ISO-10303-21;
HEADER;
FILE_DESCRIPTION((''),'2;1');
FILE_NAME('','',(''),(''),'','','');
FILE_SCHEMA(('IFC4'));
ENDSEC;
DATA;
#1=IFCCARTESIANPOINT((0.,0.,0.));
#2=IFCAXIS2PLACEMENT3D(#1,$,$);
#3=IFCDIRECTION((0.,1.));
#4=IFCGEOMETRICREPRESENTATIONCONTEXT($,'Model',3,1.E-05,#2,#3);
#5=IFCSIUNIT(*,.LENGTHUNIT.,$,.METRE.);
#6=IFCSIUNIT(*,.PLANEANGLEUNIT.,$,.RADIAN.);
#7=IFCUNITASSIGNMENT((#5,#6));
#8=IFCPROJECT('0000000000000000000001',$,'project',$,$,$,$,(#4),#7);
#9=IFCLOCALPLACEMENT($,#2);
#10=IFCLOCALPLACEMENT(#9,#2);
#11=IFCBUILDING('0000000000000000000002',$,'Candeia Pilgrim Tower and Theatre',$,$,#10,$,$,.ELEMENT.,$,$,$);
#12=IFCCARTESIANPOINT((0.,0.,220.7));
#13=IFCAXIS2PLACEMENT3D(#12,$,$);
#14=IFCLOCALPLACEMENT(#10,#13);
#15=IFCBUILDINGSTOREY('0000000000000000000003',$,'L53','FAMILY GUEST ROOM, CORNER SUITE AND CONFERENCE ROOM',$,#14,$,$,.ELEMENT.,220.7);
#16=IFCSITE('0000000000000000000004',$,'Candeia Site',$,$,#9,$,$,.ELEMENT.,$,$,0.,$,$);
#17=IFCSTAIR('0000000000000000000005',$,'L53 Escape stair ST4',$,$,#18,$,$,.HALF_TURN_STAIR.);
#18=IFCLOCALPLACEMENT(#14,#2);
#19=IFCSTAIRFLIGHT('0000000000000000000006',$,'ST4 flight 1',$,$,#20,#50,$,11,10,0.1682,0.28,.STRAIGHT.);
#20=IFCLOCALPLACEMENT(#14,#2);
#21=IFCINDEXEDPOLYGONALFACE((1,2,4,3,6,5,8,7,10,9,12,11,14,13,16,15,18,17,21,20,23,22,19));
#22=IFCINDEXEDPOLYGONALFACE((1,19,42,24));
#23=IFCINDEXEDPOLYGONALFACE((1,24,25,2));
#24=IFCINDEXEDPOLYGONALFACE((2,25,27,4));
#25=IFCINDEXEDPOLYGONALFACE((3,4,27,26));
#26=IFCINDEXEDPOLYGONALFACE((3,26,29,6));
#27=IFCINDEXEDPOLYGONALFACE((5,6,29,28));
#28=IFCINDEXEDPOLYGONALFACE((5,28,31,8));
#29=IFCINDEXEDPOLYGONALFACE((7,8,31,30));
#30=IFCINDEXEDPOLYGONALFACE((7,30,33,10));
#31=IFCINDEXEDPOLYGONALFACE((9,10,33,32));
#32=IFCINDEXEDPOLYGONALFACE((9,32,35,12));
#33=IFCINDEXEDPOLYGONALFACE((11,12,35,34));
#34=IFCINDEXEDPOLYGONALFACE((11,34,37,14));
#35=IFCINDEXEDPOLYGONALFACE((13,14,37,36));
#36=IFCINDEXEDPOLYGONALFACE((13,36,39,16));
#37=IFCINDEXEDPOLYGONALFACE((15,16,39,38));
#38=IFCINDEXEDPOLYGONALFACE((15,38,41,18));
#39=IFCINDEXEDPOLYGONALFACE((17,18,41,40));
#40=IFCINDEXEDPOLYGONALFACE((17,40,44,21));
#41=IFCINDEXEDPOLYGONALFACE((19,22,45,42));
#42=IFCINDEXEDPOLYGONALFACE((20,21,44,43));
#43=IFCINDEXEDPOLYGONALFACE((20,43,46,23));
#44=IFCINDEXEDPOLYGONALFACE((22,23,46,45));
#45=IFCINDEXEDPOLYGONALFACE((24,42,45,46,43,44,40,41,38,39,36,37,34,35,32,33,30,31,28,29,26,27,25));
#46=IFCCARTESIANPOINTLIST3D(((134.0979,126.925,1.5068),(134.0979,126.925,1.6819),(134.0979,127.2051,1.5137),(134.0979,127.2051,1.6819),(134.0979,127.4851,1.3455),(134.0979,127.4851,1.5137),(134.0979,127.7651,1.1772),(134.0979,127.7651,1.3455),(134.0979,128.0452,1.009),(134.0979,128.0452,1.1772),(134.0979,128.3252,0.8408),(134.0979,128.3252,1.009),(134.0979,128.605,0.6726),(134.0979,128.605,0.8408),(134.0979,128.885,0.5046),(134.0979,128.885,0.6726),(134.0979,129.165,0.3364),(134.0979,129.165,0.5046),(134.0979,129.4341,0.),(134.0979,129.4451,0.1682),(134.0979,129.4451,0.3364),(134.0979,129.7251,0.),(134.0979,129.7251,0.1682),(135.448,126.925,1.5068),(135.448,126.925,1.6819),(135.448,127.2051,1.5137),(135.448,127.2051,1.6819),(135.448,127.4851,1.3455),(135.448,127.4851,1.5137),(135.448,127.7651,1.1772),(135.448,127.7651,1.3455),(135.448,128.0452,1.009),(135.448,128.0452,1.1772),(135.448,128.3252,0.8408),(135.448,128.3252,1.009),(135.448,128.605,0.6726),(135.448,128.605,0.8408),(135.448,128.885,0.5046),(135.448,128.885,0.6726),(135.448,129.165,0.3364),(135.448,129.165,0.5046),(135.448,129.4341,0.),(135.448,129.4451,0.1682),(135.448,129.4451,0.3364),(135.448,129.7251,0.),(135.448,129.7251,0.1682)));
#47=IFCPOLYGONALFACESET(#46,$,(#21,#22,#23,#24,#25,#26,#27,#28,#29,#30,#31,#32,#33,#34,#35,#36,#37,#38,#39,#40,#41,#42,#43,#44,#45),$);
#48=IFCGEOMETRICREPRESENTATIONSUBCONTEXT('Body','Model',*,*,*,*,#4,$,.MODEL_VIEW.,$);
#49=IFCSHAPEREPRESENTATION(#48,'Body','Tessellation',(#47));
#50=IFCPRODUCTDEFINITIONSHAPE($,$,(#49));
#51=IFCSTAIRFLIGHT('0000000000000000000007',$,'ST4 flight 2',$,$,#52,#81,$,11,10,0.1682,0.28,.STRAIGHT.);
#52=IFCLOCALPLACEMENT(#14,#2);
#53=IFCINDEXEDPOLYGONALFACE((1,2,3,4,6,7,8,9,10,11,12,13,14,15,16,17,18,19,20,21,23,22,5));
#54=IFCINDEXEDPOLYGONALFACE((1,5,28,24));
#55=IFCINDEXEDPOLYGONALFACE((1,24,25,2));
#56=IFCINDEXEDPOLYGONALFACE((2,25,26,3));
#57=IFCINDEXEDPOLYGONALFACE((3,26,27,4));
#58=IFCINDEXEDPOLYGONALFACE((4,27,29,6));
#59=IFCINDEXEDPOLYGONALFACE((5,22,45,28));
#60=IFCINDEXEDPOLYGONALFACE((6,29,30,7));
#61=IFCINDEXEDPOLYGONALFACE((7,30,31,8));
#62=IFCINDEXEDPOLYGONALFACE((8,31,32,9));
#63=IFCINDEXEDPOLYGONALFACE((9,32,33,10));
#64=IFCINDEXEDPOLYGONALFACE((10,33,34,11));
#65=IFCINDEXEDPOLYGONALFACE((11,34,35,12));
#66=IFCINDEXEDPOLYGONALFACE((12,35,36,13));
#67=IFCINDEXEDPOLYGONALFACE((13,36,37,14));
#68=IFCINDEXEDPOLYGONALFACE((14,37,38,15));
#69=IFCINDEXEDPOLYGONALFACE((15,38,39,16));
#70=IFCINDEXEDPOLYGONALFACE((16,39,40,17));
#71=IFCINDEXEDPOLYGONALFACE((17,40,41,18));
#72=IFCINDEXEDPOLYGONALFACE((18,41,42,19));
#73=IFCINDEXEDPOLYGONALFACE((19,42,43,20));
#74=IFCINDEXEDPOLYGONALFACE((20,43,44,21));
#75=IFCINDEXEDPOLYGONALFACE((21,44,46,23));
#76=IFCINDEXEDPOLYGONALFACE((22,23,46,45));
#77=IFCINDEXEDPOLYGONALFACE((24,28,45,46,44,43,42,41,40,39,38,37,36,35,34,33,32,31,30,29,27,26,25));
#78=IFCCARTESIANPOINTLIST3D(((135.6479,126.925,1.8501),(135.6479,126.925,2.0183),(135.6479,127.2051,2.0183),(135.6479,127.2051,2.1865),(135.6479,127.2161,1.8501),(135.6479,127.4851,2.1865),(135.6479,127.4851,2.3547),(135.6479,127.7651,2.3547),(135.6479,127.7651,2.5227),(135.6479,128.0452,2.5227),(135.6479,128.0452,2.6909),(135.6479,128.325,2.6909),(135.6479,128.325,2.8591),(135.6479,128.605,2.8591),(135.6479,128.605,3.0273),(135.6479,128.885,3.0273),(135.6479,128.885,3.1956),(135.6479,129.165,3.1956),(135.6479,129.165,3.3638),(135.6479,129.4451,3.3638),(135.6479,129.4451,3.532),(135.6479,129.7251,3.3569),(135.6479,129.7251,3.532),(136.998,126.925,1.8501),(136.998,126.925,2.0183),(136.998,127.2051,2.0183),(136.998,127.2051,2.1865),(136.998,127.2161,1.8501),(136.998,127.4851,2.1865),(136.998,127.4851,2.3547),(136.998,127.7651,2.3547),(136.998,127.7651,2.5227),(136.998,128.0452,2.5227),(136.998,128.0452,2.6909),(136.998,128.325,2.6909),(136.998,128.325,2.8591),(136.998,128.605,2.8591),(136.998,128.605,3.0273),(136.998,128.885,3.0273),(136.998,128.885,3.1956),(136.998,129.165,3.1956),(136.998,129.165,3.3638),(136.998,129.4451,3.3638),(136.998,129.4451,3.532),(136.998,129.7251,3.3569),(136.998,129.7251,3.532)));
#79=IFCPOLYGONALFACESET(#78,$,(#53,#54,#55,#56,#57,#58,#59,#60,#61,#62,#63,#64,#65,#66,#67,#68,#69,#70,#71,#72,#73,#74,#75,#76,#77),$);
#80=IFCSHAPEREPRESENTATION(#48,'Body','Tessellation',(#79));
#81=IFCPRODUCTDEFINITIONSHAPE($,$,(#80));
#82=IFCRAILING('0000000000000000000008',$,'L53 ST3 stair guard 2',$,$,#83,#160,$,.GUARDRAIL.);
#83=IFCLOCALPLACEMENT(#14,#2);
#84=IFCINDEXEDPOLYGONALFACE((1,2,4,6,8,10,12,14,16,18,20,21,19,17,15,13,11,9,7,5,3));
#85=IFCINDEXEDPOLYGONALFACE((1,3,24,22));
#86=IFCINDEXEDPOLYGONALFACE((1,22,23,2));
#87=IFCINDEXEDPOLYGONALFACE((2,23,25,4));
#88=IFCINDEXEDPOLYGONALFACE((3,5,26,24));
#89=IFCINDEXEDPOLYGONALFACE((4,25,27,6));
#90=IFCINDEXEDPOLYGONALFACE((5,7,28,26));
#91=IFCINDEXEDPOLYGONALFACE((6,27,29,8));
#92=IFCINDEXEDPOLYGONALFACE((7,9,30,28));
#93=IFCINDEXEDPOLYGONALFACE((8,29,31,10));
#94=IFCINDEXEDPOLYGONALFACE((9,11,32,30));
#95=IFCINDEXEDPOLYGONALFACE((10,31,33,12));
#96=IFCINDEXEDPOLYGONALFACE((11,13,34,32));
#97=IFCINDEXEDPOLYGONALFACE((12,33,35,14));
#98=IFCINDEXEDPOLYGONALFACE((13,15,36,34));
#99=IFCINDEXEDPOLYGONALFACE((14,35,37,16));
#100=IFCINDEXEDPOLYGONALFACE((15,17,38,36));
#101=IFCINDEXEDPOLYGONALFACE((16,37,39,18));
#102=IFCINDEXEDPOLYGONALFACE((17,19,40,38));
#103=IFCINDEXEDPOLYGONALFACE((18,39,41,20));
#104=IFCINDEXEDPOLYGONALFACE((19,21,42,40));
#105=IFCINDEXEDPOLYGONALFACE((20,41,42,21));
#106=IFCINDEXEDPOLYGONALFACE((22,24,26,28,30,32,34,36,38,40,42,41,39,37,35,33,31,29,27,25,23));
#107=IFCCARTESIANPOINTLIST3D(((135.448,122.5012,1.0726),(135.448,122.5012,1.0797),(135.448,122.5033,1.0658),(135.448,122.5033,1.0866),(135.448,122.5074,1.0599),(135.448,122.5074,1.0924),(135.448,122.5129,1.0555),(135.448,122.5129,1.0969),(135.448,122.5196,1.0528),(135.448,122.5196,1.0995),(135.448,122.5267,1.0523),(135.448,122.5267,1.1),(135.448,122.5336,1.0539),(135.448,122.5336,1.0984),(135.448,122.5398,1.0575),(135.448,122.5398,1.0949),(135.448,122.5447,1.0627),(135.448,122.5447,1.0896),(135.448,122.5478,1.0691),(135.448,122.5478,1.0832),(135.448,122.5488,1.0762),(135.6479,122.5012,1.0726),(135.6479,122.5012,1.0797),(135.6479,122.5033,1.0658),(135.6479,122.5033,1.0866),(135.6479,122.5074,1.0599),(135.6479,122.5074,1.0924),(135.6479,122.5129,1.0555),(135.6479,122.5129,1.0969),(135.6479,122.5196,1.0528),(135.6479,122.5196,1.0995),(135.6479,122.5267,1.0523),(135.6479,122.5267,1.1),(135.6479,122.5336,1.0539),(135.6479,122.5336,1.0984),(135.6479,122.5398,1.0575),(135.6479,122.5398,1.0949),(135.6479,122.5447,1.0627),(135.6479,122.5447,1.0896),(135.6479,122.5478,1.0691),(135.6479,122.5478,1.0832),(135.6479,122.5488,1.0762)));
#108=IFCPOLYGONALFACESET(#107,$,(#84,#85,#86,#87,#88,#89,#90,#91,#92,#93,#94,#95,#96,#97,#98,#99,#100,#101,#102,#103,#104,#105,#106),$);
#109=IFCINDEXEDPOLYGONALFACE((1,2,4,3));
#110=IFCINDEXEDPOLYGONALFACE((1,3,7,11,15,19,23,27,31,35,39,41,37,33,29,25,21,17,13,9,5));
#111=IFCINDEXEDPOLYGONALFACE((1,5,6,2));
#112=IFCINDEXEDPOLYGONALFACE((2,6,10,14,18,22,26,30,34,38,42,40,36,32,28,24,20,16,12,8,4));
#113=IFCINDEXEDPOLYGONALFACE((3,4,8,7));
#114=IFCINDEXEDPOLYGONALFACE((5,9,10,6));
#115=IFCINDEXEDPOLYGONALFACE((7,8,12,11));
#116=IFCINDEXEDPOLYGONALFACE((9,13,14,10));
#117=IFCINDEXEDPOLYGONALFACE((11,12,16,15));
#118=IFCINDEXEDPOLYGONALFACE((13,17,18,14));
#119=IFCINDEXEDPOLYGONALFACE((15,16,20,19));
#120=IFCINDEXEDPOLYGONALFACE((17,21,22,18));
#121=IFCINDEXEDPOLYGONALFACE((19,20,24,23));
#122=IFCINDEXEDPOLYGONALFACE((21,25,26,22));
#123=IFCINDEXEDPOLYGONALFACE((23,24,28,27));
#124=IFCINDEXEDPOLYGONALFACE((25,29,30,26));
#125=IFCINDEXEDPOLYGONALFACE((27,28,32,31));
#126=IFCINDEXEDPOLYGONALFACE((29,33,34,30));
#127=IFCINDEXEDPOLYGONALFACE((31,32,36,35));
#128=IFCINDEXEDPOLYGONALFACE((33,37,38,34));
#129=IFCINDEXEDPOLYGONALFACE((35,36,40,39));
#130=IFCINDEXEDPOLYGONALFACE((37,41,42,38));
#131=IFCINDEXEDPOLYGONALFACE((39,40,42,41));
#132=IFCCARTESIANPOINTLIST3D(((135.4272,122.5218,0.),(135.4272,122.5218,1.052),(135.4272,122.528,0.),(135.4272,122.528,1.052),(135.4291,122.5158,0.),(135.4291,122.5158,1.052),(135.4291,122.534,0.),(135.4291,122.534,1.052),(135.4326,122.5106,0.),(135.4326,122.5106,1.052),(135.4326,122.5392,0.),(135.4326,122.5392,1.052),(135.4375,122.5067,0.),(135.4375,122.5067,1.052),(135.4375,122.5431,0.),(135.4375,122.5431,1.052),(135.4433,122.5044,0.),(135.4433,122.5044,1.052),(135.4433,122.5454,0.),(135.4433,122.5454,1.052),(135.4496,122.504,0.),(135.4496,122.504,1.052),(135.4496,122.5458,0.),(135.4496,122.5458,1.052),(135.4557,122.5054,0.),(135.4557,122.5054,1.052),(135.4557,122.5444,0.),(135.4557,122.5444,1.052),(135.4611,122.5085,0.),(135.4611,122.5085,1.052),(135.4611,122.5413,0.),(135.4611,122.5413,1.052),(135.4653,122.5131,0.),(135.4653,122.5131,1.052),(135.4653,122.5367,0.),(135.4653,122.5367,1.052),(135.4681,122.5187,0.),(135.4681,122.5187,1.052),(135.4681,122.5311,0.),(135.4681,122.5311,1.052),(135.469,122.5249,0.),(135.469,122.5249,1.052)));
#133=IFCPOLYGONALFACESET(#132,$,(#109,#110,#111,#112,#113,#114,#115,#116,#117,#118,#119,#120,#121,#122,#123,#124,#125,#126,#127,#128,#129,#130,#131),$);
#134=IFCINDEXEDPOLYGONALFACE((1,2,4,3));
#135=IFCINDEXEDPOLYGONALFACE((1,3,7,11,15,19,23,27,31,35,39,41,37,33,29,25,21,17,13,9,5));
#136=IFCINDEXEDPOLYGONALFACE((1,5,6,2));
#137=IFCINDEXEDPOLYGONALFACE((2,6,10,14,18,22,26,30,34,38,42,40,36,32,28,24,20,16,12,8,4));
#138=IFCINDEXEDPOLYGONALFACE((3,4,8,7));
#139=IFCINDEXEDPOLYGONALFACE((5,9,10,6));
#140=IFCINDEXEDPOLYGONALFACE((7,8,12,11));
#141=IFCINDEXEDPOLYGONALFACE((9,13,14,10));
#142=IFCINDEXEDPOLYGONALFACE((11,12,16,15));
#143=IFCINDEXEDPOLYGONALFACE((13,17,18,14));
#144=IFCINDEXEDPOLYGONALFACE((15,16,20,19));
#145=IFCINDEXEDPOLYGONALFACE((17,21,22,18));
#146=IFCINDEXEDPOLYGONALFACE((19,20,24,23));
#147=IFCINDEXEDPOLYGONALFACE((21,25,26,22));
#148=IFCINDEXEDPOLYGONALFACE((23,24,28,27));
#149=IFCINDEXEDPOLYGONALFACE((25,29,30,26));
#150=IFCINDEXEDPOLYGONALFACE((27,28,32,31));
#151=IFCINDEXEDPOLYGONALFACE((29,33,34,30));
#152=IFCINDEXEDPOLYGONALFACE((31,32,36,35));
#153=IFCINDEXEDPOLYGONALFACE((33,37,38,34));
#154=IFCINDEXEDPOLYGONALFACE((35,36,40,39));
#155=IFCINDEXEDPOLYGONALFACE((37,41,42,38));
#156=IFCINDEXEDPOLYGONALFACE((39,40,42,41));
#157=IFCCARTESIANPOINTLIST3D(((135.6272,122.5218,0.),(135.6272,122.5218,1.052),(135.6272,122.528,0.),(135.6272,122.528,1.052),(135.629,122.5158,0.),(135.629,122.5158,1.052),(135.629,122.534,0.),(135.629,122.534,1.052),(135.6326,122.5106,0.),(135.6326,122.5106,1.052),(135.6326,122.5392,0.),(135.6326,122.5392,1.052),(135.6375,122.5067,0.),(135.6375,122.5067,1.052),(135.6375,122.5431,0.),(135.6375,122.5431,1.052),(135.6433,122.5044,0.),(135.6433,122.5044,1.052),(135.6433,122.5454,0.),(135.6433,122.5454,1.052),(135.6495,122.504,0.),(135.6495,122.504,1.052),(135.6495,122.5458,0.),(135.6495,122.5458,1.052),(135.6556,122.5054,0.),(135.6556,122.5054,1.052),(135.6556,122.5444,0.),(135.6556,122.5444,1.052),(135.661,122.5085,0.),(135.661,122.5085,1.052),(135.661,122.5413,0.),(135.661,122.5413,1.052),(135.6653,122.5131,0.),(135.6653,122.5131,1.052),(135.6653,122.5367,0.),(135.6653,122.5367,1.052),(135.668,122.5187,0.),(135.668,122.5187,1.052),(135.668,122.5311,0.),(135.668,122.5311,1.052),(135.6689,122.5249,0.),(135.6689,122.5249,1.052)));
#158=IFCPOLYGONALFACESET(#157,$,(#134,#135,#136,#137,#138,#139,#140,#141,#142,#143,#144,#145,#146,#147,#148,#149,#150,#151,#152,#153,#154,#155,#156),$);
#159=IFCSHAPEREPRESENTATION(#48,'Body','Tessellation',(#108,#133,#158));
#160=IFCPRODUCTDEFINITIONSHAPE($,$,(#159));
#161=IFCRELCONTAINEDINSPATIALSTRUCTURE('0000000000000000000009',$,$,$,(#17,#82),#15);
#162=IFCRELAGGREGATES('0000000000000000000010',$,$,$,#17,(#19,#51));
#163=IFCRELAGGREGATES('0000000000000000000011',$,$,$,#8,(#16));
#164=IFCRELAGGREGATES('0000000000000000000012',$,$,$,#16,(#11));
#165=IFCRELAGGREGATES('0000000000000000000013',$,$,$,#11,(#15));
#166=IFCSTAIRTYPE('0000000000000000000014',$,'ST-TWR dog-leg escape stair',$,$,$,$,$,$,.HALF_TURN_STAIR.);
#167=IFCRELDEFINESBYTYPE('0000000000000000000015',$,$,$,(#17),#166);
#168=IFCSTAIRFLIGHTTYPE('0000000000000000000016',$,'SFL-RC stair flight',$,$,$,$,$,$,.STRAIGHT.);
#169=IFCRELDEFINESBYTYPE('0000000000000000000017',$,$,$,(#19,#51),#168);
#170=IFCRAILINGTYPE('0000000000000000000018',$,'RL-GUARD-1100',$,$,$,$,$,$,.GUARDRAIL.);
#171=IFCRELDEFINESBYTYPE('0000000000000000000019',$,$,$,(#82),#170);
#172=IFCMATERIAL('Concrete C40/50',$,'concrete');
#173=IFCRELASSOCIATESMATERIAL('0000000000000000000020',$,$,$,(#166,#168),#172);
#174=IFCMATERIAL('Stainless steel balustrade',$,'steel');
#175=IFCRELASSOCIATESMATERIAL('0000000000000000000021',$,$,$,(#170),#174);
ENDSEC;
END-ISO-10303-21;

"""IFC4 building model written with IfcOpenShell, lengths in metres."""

from ifc_helpers import new_model, si_unit, direction, frame, origin, origin_2d, place, context, subcontext, project, spatial, polyline, circle, outline, extrude, material, type_object, element, aggregate, save


model = new_model("IFC4")

# Units and contexts
model_context = context("Model", 3, precision=1e-05, world=origin(), true_north=direction((0.0, 1.0)))
body_context = subcontext(model_context, "Body", "Model", "MODEL_VIEW")
ifc_project = project(units=[si_unit("LENGTHUNIT", "METRE"), si_unit("PLANEANGLEUNIT", "RADIAN")], contexts=[model_context])

# Site, building, storey
site_placement = place(None, origin())
site = spatial("IfcSite", under=ifc_project, at=site_placement, Name="Candeia Site", CompositionType="ELEMENT", RefElevation=0.0)
building_placement = place(site_placement, origin())
building = spatial("IfcBuilding", under=site, at=building_placement, Name="Candeia Pilgrim Tower and Theatre", CompositionType="ELEMENT")
storey_placement = place(building_placement, frame((0.0, 0.0, 220.7)))
storey = spatial("IfcBuildingStorey", under=building, at=storey_placement, Name="L53", Description="FAMILY GUEST ROOM, CORNER SUITE AND CONFERENCE ROOM", CompositionType="ELEMENT", Elevation=220.7)

# Shared definitions
ifc_material_1 = material(Name="Concrete C40/50", Category="concrete")

# Stair, stair flights
stair_type = type_object("IfcStairType", Name="ST-TWR dog-leg escape stair", PredefinedType="HALF_TURN_STAIR", material=ifc_material_1)
stair_flight_type = type_object("IfcStairFlightType", Name="SFL-RC stair flight", PredefinedType="STRAIGHT", material=ifc_material_1)
stair_1_placement = place(storey_placement, origin())
stair_1 = element("IfcStair", 1, at=stair_1_placement, inside=storey, type_object=stair_type, Name="L53 Escape stair ST4", PredefinedType="HALF_TURN_STAIR")
stair_flight_1_placement = place(storey_placement, frame((134.7729, 129.7251, 0.0), z_axis=(0.0, 0.0, 1.0), x_axis=(0.0, -1.0, 0.0)))
stair_flight_1 = element("IfcStairFlight", 2, at=stair_flight_1_placement, type_object=stair_flight_type, Name="ST4 flight 1", NumberOfRisers=11, NumberOfTreads=10, PredefinedType="STRAIGHT", RiserHeight=0.1682, TreadLength=0.28, context=body_context, shape_type="SweptSolid", body=[
    extrude(outline(polyline([(0.0, 0.0), (0.0, 0.1682), (0.28, 0.1682), (0.28, 0.3364), (0.5601, 0.3364), (0.5601, 0.5046), (0.8401, 0.5046), (0.8401, 0.6726), (1.1201, 0.6726), (1.1201, 0.8408), (1.3999, 0.8408), (1.3999, 1.009), (1.6799, 1.009), (1.6799, 1.1772), (1.96, 1.1772), (1.96, 1.3455), (2.24, 1.3455), (2.24, 1.5137), (2.52, 1.5137), (2.52, 1.6819), (2.8, 1.6819), (2.8, 1.8501), (2.8, 1.5068), (0.291, 0.0), (0.0, 0.0)])), frame((0.0, 0.675, 0.0), z_axis=(0.0, -1.0, 0.0), x_axis=(1.0, 0.0, 0.0)), (0.0, 0.0, 1.0), 1.3501),
])
stair_flight_2_placement = place(storey_placement, frame((136.323, 126.925, 1.8501), z_axis=(0.0, 0.0, 1.0), x_axis=(0.0, 1.0, 0.0)))
stair_flight_2 = element("IfcStairFlight", 3, at=stair_flight_2_placement, type_object=stair_flight_type, Name="ST4 flight 2", NumberOfRisers=11, NumberOfTreads=10, PredefinedType="STRAIGHT", RiserHeight=0.1682, TreadLength=0.28, context=body_context, shape_type="SweptSolid", body=[
    extrude(outline(polyline([(0.0, 0.0), (0.0, 0.1682), (0.28, 0.1682), (0.28, 0.3364), (0.5601, 0.3364), (0.5601, 0.5046), (0.8401, 0.5046), (0.8401, 0.6726), (1.1201, 0.6726), (1.1201, 0.8408), (1.3999, 0.8408), (1.3999, 1.009), (1.6799, 1.009), (1.6799, 1.1772), (1.96, 1.1772), (1.96, 1.3455), (2.24, 1.3455), (2.24, 1.5137), (2.52, 1.5137), (2.52, 1.6819), (2.8, 1.6819), (2.8, 1.8501), (2.8, 1.5068), (0.291, 0.0), (0.0, 0.0)])), frame((0.0, 0.675, 0.0), z_axis=(0.0, -1.0, 0.0), x_axis=(1.0, 0.0, 0.0)), (0.0, 0.0, 1.0), 1.3501),
])
aggregate(stair_1, [stair_flight_1, stair_flight_2])

# Railing
ifc_material_2 = material(Name="Stainless steel balustrade", Category="steel")
railing_type_1 = type_object("IfcRailingType", Name="RL-GUARD-1100", PredefinedType="GUARDRAIL", material=ifc_material_2)
railing_1_placement = place(storey_placement, frame((135.448, 122.5249, 0.0)))
element("IfcRailing", 4, at=railing_1_placement, inside=storey, type_object=railing_type_1, Name="L53 ST3 stair guard 2", PredefinedType="GUARDRAIL", context=body_context, shape_type="SweptSolid", body=[
    extrude(circle(Radius=0.0239, at=origin_2d()), frame((0.0, 0.0, 1.0762), z_axis=(1.0, 0.0, 0.0), x_axis=(0.0, 1.0, 0.0)), (0.0, 0.0, 1.0), 0.2),
    extrude(circle(Radius=0.021, at=origin_2d()), origin(), (0.0, 0.0, 1.0), 1.052),
    extrude(circle(Radius=0.021, at=origin_2d()), frame((0.2, 0.0, 0.0)), (0.0, 0.0, 1.0), 1.052),
])

save(model, "model.ifc")
